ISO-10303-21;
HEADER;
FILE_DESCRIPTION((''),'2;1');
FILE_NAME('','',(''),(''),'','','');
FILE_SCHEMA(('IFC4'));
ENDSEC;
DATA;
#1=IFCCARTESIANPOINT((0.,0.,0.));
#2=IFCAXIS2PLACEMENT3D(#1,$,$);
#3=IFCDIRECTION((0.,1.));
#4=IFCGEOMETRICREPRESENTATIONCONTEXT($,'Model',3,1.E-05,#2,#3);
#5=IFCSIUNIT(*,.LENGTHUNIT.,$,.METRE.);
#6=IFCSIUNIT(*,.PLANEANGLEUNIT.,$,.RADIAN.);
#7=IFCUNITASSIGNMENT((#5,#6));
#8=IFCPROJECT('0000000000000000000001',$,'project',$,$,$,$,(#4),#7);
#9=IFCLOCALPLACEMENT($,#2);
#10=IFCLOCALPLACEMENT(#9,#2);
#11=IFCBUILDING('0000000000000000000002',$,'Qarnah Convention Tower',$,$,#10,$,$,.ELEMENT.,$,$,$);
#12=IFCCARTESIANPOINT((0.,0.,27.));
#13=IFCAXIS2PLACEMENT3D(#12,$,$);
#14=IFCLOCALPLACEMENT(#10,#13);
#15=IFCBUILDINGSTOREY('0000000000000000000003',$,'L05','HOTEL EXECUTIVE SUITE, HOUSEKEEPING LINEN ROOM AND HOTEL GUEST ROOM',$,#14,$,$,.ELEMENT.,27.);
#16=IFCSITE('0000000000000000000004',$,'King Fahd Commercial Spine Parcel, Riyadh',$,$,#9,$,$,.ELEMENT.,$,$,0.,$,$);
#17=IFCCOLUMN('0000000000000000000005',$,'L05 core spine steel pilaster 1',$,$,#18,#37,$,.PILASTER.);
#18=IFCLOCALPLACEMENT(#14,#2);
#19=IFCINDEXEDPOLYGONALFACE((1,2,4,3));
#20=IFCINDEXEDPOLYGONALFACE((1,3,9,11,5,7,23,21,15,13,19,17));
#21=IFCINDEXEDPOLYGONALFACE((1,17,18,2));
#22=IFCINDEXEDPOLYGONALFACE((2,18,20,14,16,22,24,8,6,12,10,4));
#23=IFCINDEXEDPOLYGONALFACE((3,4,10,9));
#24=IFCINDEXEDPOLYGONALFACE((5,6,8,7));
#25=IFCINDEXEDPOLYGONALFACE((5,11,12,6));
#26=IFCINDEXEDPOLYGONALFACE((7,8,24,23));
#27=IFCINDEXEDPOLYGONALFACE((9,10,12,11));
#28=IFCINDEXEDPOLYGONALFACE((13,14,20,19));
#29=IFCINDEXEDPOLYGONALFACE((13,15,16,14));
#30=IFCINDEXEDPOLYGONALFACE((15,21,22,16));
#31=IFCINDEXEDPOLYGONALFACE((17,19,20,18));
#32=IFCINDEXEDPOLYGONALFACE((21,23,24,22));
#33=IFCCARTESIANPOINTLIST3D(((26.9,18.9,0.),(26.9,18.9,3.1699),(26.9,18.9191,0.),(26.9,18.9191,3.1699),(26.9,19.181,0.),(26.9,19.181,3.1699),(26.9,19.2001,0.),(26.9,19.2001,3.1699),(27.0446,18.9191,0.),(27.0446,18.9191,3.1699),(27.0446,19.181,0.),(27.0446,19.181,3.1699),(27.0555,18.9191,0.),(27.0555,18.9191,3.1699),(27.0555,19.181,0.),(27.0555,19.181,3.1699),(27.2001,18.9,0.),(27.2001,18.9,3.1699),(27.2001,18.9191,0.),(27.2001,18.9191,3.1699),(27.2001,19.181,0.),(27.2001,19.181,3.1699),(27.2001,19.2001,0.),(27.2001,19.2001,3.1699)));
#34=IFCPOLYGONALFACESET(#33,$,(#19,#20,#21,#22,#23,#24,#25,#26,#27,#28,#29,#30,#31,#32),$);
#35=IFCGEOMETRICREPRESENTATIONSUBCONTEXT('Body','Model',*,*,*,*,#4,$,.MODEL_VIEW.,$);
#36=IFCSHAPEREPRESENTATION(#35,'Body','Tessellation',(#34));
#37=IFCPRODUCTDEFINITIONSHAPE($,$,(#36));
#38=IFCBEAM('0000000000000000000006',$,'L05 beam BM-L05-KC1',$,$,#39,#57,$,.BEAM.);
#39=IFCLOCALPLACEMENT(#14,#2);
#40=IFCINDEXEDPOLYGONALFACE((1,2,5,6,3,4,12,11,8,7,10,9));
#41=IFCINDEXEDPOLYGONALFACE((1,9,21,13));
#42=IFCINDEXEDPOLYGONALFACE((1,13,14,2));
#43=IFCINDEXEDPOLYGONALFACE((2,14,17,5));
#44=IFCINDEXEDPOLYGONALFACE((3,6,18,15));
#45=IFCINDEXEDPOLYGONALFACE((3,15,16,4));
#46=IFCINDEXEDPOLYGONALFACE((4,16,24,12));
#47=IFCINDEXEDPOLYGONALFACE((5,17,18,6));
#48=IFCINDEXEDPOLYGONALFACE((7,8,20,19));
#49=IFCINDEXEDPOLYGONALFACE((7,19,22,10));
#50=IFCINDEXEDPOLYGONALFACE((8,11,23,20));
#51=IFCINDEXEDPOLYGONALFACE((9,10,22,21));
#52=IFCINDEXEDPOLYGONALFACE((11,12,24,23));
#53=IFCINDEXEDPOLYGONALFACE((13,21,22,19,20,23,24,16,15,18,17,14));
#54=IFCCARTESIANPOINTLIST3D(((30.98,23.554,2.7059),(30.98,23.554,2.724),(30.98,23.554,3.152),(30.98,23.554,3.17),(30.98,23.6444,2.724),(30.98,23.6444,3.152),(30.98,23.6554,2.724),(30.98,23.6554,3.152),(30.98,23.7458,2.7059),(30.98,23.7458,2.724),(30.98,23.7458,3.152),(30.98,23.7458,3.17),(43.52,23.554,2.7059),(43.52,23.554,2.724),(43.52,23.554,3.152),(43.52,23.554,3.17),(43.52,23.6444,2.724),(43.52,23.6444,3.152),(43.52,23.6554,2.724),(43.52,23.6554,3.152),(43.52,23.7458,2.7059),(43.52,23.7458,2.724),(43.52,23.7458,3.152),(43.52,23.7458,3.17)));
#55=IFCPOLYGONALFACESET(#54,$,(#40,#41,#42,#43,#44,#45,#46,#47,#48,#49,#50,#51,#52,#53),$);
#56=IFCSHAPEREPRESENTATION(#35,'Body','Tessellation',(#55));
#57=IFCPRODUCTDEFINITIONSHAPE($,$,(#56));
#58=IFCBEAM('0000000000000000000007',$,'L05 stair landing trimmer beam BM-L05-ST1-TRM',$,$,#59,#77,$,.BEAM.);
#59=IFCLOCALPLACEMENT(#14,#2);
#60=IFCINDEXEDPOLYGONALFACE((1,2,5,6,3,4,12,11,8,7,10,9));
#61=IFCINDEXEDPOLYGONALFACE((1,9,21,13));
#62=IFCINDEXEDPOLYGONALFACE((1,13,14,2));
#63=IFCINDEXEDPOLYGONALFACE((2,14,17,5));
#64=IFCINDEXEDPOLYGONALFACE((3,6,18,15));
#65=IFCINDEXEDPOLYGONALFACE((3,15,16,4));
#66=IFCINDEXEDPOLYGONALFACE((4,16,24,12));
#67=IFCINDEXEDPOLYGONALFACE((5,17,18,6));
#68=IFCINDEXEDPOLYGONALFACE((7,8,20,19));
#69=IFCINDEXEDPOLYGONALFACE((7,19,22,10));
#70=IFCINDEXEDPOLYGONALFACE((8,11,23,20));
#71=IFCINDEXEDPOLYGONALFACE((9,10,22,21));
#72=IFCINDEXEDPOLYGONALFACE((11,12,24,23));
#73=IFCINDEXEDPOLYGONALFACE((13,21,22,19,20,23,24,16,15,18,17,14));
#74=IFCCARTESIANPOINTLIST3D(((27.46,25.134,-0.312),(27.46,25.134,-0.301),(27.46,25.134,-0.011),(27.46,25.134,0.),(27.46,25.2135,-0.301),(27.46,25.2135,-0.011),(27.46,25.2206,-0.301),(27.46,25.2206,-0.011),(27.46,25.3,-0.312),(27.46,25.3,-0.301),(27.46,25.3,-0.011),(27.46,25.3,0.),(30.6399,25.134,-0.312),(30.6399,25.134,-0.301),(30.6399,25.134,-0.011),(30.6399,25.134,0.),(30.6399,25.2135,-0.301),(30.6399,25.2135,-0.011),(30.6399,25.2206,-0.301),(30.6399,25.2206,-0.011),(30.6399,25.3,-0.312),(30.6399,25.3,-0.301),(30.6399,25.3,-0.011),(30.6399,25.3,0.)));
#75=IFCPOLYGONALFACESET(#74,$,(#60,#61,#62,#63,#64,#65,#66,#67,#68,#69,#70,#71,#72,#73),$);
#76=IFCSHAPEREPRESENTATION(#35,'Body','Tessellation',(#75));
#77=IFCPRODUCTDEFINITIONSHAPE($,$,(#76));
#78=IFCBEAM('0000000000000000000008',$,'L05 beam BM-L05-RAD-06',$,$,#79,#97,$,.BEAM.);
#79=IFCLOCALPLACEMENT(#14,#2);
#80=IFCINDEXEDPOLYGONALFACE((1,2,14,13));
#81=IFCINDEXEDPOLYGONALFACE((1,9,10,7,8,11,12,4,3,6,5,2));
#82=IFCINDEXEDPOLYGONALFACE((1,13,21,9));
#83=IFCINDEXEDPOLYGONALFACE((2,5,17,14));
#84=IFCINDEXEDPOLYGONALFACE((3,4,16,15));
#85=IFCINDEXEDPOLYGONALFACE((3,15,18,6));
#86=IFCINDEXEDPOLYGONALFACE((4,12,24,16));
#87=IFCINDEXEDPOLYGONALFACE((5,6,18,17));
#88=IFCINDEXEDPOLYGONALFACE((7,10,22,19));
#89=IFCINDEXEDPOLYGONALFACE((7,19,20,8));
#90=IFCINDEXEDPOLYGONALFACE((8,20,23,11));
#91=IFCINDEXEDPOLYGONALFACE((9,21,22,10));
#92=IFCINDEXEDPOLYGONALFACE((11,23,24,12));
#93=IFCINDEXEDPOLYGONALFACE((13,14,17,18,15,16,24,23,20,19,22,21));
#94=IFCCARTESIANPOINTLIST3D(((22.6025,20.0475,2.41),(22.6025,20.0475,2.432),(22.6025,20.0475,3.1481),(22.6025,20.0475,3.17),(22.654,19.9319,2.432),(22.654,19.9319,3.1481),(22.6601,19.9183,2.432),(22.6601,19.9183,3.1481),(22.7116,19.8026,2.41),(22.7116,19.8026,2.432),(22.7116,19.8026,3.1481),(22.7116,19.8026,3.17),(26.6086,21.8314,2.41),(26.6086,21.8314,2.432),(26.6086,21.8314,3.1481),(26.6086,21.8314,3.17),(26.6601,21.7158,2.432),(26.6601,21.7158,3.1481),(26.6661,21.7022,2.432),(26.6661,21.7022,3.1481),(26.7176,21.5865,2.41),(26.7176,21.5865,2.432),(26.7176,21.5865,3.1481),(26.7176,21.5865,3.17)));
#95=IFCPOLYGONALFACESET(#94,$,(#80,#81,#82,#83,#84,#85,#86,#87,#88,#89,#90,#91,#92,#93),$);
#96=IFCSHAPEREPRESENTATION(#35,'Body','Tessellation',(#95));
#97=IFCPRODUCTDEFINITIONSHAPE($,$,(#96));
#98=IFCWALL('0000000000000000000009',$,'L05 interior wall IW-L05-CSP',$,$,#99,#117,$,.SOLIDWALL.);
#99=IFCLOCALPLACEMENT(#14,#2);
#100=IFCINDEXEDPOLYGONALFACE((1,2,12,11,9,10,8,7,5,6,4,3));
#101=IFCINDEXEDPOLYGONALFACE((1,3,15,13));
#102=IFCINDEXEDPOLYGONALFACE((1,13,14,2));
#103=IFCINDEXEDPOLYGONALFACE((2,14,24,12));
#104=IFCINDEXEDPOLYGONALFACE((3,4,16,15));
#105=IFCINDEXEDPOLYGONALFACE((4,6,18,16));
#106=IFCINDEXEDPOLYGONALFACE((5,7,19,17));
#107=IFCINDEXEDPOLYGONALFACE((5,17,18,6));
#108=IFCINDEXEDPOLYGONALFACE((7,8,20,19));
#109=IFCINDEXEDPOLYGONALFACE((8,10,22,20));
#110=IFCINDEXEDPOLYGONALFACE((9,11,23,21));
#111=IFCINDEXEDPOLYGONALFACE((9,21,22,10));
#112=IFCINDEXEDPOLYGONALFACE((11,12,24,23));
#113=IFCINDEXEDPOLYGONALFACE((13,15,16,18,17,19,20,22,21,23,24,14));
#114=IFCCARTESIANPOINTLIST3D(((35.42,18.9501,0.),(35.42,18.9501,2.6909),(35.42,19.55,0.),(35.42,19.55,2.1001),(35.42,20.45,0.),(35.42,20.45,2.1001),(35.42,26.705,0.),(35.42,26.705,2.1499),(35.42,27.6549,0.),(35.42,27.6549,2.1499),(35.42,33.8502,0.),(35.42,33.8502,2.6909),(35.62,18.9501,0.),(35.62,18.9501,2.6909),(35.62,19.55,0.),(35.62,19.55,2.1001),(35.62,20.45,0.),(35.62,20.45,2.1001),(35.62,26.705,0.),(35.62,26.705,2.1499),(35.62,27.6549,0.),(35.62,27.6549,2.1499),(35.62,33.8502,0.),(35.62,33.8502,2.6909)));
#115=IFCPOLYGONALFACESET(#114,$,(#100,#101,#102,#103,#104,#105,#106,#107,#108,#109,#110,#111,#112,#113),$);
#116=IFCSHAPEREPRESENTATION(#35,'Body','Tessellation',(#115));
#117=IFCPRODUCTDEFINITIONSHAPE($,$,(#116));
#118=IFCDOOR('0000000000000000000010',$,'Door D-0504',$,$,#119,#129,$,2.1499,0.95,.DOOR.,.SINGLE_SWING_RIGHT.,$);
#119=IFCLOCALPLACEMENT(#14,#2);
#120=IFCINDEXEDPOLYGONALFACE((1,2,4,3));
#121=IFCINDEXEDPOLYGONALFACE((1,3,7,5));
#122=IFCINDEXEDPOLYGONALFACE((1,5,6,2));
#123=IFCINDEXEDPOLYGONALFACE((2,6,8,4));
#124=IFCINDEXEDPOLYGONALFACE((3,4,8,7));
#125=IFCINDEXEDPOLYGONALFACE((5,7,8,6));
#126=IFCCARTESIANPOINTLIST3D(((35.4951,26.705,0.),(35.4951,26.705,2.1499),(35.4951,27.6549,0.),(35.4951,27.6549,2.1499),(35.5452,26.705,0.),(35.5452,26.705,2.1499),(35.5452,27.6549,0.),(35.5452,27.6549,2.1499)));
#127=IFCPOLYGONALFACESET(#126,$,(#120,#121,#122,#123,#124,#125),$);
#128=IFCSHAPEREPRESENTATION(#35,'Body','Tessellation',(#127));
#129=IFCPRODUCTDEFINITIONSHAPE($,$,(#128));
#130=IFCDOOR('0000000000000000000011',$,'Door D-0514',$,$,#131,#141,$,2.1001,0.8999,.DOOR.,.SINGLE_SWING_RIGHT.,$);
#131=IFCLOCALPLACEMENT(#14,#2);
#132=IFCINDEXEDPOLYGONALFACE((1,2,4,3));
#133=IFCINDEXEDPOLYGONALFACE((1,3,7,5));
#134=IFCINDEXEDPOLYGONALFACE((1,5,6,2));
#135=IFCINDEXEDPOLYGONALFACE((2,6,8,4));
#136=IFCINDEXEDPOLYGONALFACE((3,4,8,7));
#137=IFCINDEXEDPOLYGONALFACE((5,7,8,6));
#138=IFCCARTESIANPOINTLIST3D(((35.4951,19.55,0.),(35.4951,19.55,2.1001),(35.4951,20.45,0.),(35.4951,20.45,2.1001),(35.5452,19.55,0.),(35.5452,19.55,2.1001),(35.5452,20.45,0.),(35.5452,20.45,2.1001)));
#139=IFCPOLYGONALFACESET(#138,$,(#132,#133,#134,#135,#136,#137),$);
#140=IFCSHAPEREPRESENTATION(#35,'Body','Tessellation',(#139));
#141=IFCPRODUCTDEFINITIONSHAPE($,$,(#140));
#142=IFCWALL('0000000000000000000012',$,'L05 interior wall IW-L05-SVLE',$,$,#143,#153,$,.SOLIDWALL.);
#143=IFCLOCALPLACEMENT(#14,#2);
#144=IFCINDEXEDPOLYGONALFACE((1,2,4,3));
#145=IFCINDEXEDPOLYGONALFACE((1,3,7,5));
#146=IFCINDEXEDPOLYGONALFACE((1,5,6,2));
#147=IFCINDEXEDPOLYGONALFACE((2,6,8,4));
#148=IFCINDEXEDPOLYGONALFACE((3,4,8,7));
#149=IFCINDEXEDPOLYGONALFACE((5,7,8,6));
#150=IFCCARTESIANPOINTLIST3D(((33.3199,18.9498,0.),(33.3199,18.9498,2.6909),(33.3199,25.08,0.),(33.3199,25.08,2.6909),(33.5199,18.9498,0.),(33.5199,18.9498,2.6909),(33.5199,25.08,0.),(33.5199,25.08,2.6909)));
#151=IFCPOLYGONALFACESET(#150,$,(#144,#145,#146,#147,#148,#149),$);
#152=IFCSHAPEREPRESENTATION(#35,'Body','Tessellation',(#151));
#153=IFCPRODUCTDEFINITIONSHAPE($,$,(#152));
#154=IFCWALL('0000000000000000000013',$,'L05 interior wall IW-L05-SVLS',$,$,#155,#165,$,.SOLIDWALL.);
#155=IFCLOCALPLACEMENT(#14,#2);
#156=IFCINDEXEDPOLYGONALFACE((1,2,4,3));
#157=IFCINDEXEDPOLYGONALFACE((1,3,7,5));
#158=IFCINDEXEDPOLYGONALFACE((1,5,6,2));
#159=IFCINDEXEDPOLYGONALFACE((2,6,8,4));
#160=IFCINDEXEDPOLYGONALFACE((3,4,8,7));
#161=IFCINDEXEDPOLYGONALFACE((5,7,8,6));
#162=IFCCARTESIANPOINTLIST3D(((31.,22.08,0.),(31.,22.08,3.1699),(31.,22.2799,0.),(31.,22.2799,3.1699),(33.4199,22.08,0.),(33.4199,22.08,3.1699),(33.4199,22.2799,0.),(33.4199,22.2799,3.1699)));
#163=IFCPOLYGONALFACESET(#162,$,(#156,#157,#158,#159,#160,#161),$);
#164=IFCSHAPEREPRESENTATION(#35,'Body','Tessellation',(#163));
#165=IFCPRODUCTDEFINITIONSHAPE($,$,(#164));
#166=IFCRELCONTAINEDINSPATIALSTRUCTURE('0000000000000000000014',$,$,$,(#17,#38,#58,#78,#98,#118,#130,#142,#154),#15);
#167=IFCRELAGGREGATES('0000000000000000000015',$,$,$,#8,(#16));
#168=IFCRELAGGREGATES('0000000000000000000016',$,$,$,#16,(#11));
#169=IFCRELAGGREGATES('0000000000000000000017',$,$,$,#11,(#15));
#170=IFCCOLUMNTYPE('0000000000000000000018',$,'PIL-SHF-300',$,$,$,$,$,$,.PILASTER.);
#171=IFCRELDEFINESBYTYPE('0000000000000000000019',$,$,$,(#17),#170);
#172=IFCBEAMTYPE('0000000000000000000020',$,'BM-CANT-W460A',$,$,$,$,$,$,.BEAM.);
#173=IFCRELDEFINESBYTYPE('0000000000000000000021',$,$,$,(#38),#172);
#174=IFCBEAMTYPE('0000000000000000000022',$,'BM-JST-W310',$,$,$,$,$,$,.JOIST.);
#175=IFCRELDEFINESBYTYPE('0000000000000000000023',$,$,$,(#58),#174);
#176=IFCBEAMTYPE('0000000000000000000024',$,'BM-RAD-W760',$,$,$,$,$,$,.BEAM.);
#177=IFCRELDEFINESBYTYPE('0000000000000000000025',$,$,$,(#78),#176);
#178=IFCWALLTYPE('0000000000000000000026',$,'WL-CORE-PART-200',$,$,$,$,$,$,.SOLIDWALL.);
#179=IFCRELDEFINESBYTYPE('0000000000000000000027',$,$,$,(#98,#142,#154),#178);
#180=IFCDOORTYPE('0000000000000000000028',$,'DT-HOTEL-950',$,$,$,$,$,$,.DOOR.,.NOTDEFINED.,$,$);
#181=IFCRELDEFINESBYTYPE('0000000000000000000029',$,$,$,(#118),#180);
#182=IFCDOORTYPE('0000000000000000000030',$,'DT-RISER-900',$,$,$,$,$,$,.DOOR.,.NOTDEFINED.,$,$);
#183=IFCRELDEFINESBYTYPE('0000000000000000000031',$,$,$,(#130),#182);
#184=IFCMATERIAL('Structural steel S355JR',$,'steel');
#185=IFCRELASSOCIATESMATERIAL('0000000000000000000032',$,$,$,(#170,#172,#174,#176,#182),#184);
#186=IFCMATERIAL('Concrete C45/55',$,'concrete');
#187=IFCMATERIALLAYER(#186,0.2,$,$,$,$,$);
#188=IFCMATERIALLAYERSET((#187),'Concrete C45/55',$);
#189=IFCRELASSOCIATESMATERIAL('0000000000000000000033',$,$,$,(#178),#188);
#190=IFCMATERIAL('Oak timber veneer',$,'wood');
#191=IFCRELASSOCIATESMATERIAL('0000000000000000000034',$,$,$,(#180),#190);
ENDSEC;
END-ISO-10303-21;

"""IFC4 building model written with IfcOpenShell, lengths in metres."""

from ifc_helpers import new_model, si_unit, direction, frame, frame_2d, origin, origin_2d, place, context, subcontext, project, spatial, rectangle, i_section, extrude, material, layer, layer_set, material_profile, profile_set, type_object, element, fill, save


model = new_model("IFC4")

# Units and contexts
model_context = context("Model", 3, precision=1e-05, world=origin(), true_north=direction((0.0, 1.0)))
body_context = subcontext(model_context, "Body", "Model", "MODEL_VIEW")
ifc_project = project(units=[si_unit("LENGTHUNIT", "METRE"), si_unit("PLANEANGLEUNIT", "RADIAN")], contexts=[model_context])

# Site, building, storey
site_placement = place(None, origin())
site = spatial("IfcSite", under=ifc_project, at=site_placement, Name="King Fahd Commercial Spine Parcel, Riyadh", CompositionType="ELEMENT", RefElevation=0.0)
building_placement = place(site_placement, origin())
building = spatial("IfcBuilding", under=site, at=building_placement, Name="Qarnah Convention Tower", CompositionType="ELEMENT")
storey_placement = place(building_placement, frame((0.0, 0.0, 27.0)))
storey = spatial("IfcBuildingStorey", under=building, at=storey_placement, Name="L05", Description="HOTEL EXECUTIVE SUITE, HOUSEKEEPING LINEN ROOM AND HOTEL GUEST ROOM", CompositionType="ELEMENT", Elevation=27.0)

# Column
ifc_material_1 = material(Name="Structural steel S355JR", Category="steel")
ifc_material_profile_1 = material_profile(ifc_material_1, i_section(OverallWidth=0.3, OverallDepth=0.3, WebThickness=0.011, FlangeThickness=0.019, at=origin_2d()), Name="HEB300")
ifc_profile_set_1 = profile_set([ifc_material_profile_1], Name="Structural steel S355JR")
column_type = type_object("IfcColumnType", Name="PIL-SHF-300", PredefinedType="PILASTER", material=ifc_profile_set_1)
column_placement = place(storey_placement, frame((27.05, 19.05, 0.0), z_axis=(0.0, 0.0, 1.0), x_axis=(1.0, 0.0, 0.0)))
element("IfcColumn", 1, at=column_placement, inside=storey, type_object=column_type, Name="L05 core spine steel pilaster 1", PredefinedType="PILASTER", context=body_context, shape_type="SweptSolid", body=[
    extrude(i_section(OverallWidth=0.3, OverallDepth=0.3, WebThickness=0.011, FlangeThickness=0.019, at=origin_2d()), origin(), (0.0, 0.0, 1.0), 3.1699),
])

# Beams
ifc_material_profile_2 = material_profile(ifc_material_1, i_section(OverallWidth=0.1919, OverallDepth=0.4641, WebThickness=0.011, FlangeThickness=0.0181, at=origin_2d()), Name="W460X89")
ifc_profile_set_2 = profile_set([ifc_material_profile_2], Name="Structural steel S355JR")
beam_type_1 = type_object("IfcBeamType", Name="BM-CANT-W460A", PredefinedType="BEAM", material=ifc_profile_set_2)
beam_1_placement = place(storey_placement, frame((30.98, 23.6499, 2.938), z_axis=(1.0, 0.0, 0.0), x_axis=(0.0, 1.0, 0.0)))
element("IfcBeam", 2, at=beam_1_placement, inside=storey, type_object=beam_type_1, Name="L05 beam BM-L05-KC1", PredefinedType="BEAM", context=body_context, shape_type="SweptSolid", body=[
    extrude(i_section(OverallWidth=0.1919, OverallDepth=0.4641, WebThickness=0.011, FlangeThickness=0.0181, at=origin_2d()), origin(), (0.0, 0.0, 1.0), 12.54),
])
ifc_material_profile_3 = material_profile(ifc_material_1, i_section(OverallWidth=0.166, OverallDepth=0.312, WebThickness=0.0071, FlangeThickness=0.011, at=origin_2d()), Name="W310X45")
ifc_profile_set_3 = profile_set([ifc_material_profile_3], Name="Structural steel S355JR")
beam_type_2 = type_object("IfcBeamType", Name="BM-JST-W310", PredefinedType="JOIST", material=ifc_profile_set_3)
beam_2_placement = place(storey_placement, frame((27.46, 25.217, -0.156), z_axis=(1.0, 0.0, 0.0), x_axis=(0.0, 1.0, 0.0)))
element("IfcBeam", 3, at=beam_2_placement, inside=storey, type_object=beam_type_2, Name="L05 stair landing trimmer beam BM-L05-ST1-TRM", PredefinedType="BEAM", context=body_context, shape_type="SweptSolid", body=[
    extrude(i_section(OverallWidth=0.166, OverallDepth=0.312, WebThickness=0.0071, FlangeThickness=0.011, at=origin_2d()), origin(), (0.0, 0.0, 1.0), 3.1799),
])
ifc_material_profile_4 = material_profile(ifc_material_1, i_section(OverallWidth=0.2681, OverallDepth=0.76, WebThickness=0.0149, FlangeThickness=0.022, at=origin_2d()), Name="W760X185")
ifc_profile_set_4 = profile_set([ifc_material_profile_4], Name="Structural steel S355JR")
beam_type_3 = type_object("IfcBeamType", Name="BM-RAD-W760", PredefinedType="BEAM", material=ifc_profile_set_4)
beam_3_placement = place(storey_placement, frame((26.6631, 21.709, 2.79), z_axis=(-0.91352, -0.406794, 0.0), x_axis=(0.406794, -0.91352, 0.0)))
element("IfcBeam", 4, at=beam_3_placement, inside=storey, type_object=beam_type_3, Name="L05 beam BM-L05-RAD-06", PredefinedType="BEAM", context=body_context, shape_type="SweptSolid", body=[
    extrude(i_section(OverallWidth=0.2681, OverallDepth=0.76, WebThickness=0.0149, FlangeThickness=0.022, at=origin_2d()), origin(), (0.0, 0.0, 1.0), 4.3853),
])

# Wall, openings, doors
ifc_material_2 = material(Name="Concrete C45/55", Category="concrete")
ifc_layer_1 = layer(ifc_material_2, 0.2)
ifc_layer_set_1 = layer_set([ifc_layer_1], Name="Concrete C45/55")
wall_type_1 = type_object("IfcWallType", Name="WL-CORE-PART-200", PredefinedType="SOLIDWALL", material=ifc_layer_set_1)
wall_1_placement = place(storey_placement, frame((35.52, 18.95, 0.0), z_axis=(0.0, 0.0, 1.0), x_axis=(0.0, 1.0, 0.0)))
wall_1 = element("IfcWall", 5, at=wall_1_placement, inside=storey, type_object=wall_type_1, Name="L05 interior wall IW-L05-CSP", PredefinedType="SOLIDWALL", context=body_context, shape_type="SweptSolid", body=[
    extrude(rectangle(XDim=14.9001, YDim=0.2, at=frame_2d((7.4502, 0.0))), origin(), (0.0, 0.0, 1.0), 2.6909),
])
opening_1_placement = place(wall_1_placement, frame((7.7549, 0.0, 0.0)))
opening_1 = element("IfcOpeningElement", 6, at=opening_1_placement, cuts=wall_1, PredefinedType="OPENING", context=body_context, shape_type="SweptSolid", body=[
    extrude(rectangle(XDim=0.95, YDim=2.1499, at=frame_2d((0.4751, 1.075))), frame((0.0, 0.1099, 0.0), z_axis=(0.0, -1.0, 0.0), x_axis=(1.0, 0.0, 0.0)), (0.0, 0.0, 1.0), 0.22),
])
opening_2_placement = place(wall_1_placement, frame((0.6001, 0.0, 0.0)))
opening_2 = element("IfcOpeningElement", 7, at=opening_2_placement, cuts=wall_1, PredefinedType="OPENING", context=body_context, shape_type="SweptSolid", body=[
    extrude(rectangle(XDim=0.8999, YDim=2.1001, at=frame_2d((0.45, 1.05))), frame((0.0, 0.1099, 0.0), z_axis=(0.0, -1.0, 0.0), x_axis=(1.0, 0.0, 0.0)), (0.0, 0.0, 1.0), 0.22),
])
ifc_material_3 = material(Name="Oak timber veneer", Category="wood")
door_type_1 = type_object("IfcDoorType", Name="DT-HOTEL-950", OperationType="NOTDEFINED", PredefinedType="DOOR", material=ifc_material_3)
door_1_placement = place(opening_1_placement, origin())
door_1 = element("IfcDoor", 8, at=door_1_placement, inside=storey, type_object=door_type_1, Name="Door D-0504", OperationType="SINGLE_SWING_RIGHT", OverallHeight=2.1499, OverallWidth=0.95, PredefinedType="DOOR", context=body_context, shape_type="SweptSolid", body=[
    extrude(rectangle(XDim=0.95, YDim=2.1499, at=frame_2d((0.4751, 1.075))), frame((0.0, 0.0249, 0.0), z_axis=(0.0, -1.0, 0.0), x_axis=(1.0, 0.0, 0.0)), (0.0, 0.0, 1.0), 0.05),
])
fill(opening_1, door_1)
door_type_2 = type_object("IfcDoorType", Name="DT-RISER-900", OperationType="NOTDEFINED", PredefinedType="DOOR", material=ifc_material_1)
door_2_placement = place(opening_2_placement, origin())
door_2 = element("IfcDoor", 9, at=door_2_placement, inside=storey, type_object=door_type_2, Name="Door D-0514", OperationType="SINGLE_SWING_RIGHT", OverallHeight=2.1001, OverallWidth=0.8999, PredefinedType="DOOR", context=body_context, shape_type="SweptSolid", body=[
    extrude(rectangle(XDim=0.8999, YDim=2.1001, at=frame_2d((0.45, 1.05))), frame((0.0, 0.0249, 0.0), z_axis=(0.0, -1.0, 0.0), x_axis=(1.0, 0.0, 0.0)), (0.0, 0.0, 1.0), 0.05),
])
fill(opening_2, door_2)

# Walls
wall_2_placement = place(storey_placement, frame((33.4199, 18.95, 0.0), z_axis=(0.0, 0.0, 1.0), x_axis=(0.0, 1.0, 0.0)))
element("IfcWall", 10, at=wall_2_placement, inside=storey, type_object=wall_type_1, Name="L05 interior wall IW-L05-SVLE", PredefinedType="SOLIDWALL", context=body_context, shape_type="SweptSolid", body=[
    extrude(rectangle(XDim=6.1301, YDim=0.2, at=frame_2d((3.0649, 0.0))), origin(), (0.0, 0.0, 1.0), 2.6909),
])
wall_3_placement = place(storey_placement, frame((31.0, 22.1799, 0.0), z_axis=(0.0, 0.0, 1.0), x_axis=(1.0, 0.0, 0.0)))
element("IfcWall", 11, at=wall_3_placement, inside=storey, type_object=wall_type_1, Name="L05 interior wall IW-L05-SVLS", PredefinedType="SOLIDWALL", context=body_context, shape_type="SweptSolid", body=[
    extrude(rectangle(XDim=2.4199, YDim=0.2, at=frame_2d((1.21, 0.0))), origin(), (0.0, 0.0, 1.0), 3.1699),
])

save(model, "model.ifc")
